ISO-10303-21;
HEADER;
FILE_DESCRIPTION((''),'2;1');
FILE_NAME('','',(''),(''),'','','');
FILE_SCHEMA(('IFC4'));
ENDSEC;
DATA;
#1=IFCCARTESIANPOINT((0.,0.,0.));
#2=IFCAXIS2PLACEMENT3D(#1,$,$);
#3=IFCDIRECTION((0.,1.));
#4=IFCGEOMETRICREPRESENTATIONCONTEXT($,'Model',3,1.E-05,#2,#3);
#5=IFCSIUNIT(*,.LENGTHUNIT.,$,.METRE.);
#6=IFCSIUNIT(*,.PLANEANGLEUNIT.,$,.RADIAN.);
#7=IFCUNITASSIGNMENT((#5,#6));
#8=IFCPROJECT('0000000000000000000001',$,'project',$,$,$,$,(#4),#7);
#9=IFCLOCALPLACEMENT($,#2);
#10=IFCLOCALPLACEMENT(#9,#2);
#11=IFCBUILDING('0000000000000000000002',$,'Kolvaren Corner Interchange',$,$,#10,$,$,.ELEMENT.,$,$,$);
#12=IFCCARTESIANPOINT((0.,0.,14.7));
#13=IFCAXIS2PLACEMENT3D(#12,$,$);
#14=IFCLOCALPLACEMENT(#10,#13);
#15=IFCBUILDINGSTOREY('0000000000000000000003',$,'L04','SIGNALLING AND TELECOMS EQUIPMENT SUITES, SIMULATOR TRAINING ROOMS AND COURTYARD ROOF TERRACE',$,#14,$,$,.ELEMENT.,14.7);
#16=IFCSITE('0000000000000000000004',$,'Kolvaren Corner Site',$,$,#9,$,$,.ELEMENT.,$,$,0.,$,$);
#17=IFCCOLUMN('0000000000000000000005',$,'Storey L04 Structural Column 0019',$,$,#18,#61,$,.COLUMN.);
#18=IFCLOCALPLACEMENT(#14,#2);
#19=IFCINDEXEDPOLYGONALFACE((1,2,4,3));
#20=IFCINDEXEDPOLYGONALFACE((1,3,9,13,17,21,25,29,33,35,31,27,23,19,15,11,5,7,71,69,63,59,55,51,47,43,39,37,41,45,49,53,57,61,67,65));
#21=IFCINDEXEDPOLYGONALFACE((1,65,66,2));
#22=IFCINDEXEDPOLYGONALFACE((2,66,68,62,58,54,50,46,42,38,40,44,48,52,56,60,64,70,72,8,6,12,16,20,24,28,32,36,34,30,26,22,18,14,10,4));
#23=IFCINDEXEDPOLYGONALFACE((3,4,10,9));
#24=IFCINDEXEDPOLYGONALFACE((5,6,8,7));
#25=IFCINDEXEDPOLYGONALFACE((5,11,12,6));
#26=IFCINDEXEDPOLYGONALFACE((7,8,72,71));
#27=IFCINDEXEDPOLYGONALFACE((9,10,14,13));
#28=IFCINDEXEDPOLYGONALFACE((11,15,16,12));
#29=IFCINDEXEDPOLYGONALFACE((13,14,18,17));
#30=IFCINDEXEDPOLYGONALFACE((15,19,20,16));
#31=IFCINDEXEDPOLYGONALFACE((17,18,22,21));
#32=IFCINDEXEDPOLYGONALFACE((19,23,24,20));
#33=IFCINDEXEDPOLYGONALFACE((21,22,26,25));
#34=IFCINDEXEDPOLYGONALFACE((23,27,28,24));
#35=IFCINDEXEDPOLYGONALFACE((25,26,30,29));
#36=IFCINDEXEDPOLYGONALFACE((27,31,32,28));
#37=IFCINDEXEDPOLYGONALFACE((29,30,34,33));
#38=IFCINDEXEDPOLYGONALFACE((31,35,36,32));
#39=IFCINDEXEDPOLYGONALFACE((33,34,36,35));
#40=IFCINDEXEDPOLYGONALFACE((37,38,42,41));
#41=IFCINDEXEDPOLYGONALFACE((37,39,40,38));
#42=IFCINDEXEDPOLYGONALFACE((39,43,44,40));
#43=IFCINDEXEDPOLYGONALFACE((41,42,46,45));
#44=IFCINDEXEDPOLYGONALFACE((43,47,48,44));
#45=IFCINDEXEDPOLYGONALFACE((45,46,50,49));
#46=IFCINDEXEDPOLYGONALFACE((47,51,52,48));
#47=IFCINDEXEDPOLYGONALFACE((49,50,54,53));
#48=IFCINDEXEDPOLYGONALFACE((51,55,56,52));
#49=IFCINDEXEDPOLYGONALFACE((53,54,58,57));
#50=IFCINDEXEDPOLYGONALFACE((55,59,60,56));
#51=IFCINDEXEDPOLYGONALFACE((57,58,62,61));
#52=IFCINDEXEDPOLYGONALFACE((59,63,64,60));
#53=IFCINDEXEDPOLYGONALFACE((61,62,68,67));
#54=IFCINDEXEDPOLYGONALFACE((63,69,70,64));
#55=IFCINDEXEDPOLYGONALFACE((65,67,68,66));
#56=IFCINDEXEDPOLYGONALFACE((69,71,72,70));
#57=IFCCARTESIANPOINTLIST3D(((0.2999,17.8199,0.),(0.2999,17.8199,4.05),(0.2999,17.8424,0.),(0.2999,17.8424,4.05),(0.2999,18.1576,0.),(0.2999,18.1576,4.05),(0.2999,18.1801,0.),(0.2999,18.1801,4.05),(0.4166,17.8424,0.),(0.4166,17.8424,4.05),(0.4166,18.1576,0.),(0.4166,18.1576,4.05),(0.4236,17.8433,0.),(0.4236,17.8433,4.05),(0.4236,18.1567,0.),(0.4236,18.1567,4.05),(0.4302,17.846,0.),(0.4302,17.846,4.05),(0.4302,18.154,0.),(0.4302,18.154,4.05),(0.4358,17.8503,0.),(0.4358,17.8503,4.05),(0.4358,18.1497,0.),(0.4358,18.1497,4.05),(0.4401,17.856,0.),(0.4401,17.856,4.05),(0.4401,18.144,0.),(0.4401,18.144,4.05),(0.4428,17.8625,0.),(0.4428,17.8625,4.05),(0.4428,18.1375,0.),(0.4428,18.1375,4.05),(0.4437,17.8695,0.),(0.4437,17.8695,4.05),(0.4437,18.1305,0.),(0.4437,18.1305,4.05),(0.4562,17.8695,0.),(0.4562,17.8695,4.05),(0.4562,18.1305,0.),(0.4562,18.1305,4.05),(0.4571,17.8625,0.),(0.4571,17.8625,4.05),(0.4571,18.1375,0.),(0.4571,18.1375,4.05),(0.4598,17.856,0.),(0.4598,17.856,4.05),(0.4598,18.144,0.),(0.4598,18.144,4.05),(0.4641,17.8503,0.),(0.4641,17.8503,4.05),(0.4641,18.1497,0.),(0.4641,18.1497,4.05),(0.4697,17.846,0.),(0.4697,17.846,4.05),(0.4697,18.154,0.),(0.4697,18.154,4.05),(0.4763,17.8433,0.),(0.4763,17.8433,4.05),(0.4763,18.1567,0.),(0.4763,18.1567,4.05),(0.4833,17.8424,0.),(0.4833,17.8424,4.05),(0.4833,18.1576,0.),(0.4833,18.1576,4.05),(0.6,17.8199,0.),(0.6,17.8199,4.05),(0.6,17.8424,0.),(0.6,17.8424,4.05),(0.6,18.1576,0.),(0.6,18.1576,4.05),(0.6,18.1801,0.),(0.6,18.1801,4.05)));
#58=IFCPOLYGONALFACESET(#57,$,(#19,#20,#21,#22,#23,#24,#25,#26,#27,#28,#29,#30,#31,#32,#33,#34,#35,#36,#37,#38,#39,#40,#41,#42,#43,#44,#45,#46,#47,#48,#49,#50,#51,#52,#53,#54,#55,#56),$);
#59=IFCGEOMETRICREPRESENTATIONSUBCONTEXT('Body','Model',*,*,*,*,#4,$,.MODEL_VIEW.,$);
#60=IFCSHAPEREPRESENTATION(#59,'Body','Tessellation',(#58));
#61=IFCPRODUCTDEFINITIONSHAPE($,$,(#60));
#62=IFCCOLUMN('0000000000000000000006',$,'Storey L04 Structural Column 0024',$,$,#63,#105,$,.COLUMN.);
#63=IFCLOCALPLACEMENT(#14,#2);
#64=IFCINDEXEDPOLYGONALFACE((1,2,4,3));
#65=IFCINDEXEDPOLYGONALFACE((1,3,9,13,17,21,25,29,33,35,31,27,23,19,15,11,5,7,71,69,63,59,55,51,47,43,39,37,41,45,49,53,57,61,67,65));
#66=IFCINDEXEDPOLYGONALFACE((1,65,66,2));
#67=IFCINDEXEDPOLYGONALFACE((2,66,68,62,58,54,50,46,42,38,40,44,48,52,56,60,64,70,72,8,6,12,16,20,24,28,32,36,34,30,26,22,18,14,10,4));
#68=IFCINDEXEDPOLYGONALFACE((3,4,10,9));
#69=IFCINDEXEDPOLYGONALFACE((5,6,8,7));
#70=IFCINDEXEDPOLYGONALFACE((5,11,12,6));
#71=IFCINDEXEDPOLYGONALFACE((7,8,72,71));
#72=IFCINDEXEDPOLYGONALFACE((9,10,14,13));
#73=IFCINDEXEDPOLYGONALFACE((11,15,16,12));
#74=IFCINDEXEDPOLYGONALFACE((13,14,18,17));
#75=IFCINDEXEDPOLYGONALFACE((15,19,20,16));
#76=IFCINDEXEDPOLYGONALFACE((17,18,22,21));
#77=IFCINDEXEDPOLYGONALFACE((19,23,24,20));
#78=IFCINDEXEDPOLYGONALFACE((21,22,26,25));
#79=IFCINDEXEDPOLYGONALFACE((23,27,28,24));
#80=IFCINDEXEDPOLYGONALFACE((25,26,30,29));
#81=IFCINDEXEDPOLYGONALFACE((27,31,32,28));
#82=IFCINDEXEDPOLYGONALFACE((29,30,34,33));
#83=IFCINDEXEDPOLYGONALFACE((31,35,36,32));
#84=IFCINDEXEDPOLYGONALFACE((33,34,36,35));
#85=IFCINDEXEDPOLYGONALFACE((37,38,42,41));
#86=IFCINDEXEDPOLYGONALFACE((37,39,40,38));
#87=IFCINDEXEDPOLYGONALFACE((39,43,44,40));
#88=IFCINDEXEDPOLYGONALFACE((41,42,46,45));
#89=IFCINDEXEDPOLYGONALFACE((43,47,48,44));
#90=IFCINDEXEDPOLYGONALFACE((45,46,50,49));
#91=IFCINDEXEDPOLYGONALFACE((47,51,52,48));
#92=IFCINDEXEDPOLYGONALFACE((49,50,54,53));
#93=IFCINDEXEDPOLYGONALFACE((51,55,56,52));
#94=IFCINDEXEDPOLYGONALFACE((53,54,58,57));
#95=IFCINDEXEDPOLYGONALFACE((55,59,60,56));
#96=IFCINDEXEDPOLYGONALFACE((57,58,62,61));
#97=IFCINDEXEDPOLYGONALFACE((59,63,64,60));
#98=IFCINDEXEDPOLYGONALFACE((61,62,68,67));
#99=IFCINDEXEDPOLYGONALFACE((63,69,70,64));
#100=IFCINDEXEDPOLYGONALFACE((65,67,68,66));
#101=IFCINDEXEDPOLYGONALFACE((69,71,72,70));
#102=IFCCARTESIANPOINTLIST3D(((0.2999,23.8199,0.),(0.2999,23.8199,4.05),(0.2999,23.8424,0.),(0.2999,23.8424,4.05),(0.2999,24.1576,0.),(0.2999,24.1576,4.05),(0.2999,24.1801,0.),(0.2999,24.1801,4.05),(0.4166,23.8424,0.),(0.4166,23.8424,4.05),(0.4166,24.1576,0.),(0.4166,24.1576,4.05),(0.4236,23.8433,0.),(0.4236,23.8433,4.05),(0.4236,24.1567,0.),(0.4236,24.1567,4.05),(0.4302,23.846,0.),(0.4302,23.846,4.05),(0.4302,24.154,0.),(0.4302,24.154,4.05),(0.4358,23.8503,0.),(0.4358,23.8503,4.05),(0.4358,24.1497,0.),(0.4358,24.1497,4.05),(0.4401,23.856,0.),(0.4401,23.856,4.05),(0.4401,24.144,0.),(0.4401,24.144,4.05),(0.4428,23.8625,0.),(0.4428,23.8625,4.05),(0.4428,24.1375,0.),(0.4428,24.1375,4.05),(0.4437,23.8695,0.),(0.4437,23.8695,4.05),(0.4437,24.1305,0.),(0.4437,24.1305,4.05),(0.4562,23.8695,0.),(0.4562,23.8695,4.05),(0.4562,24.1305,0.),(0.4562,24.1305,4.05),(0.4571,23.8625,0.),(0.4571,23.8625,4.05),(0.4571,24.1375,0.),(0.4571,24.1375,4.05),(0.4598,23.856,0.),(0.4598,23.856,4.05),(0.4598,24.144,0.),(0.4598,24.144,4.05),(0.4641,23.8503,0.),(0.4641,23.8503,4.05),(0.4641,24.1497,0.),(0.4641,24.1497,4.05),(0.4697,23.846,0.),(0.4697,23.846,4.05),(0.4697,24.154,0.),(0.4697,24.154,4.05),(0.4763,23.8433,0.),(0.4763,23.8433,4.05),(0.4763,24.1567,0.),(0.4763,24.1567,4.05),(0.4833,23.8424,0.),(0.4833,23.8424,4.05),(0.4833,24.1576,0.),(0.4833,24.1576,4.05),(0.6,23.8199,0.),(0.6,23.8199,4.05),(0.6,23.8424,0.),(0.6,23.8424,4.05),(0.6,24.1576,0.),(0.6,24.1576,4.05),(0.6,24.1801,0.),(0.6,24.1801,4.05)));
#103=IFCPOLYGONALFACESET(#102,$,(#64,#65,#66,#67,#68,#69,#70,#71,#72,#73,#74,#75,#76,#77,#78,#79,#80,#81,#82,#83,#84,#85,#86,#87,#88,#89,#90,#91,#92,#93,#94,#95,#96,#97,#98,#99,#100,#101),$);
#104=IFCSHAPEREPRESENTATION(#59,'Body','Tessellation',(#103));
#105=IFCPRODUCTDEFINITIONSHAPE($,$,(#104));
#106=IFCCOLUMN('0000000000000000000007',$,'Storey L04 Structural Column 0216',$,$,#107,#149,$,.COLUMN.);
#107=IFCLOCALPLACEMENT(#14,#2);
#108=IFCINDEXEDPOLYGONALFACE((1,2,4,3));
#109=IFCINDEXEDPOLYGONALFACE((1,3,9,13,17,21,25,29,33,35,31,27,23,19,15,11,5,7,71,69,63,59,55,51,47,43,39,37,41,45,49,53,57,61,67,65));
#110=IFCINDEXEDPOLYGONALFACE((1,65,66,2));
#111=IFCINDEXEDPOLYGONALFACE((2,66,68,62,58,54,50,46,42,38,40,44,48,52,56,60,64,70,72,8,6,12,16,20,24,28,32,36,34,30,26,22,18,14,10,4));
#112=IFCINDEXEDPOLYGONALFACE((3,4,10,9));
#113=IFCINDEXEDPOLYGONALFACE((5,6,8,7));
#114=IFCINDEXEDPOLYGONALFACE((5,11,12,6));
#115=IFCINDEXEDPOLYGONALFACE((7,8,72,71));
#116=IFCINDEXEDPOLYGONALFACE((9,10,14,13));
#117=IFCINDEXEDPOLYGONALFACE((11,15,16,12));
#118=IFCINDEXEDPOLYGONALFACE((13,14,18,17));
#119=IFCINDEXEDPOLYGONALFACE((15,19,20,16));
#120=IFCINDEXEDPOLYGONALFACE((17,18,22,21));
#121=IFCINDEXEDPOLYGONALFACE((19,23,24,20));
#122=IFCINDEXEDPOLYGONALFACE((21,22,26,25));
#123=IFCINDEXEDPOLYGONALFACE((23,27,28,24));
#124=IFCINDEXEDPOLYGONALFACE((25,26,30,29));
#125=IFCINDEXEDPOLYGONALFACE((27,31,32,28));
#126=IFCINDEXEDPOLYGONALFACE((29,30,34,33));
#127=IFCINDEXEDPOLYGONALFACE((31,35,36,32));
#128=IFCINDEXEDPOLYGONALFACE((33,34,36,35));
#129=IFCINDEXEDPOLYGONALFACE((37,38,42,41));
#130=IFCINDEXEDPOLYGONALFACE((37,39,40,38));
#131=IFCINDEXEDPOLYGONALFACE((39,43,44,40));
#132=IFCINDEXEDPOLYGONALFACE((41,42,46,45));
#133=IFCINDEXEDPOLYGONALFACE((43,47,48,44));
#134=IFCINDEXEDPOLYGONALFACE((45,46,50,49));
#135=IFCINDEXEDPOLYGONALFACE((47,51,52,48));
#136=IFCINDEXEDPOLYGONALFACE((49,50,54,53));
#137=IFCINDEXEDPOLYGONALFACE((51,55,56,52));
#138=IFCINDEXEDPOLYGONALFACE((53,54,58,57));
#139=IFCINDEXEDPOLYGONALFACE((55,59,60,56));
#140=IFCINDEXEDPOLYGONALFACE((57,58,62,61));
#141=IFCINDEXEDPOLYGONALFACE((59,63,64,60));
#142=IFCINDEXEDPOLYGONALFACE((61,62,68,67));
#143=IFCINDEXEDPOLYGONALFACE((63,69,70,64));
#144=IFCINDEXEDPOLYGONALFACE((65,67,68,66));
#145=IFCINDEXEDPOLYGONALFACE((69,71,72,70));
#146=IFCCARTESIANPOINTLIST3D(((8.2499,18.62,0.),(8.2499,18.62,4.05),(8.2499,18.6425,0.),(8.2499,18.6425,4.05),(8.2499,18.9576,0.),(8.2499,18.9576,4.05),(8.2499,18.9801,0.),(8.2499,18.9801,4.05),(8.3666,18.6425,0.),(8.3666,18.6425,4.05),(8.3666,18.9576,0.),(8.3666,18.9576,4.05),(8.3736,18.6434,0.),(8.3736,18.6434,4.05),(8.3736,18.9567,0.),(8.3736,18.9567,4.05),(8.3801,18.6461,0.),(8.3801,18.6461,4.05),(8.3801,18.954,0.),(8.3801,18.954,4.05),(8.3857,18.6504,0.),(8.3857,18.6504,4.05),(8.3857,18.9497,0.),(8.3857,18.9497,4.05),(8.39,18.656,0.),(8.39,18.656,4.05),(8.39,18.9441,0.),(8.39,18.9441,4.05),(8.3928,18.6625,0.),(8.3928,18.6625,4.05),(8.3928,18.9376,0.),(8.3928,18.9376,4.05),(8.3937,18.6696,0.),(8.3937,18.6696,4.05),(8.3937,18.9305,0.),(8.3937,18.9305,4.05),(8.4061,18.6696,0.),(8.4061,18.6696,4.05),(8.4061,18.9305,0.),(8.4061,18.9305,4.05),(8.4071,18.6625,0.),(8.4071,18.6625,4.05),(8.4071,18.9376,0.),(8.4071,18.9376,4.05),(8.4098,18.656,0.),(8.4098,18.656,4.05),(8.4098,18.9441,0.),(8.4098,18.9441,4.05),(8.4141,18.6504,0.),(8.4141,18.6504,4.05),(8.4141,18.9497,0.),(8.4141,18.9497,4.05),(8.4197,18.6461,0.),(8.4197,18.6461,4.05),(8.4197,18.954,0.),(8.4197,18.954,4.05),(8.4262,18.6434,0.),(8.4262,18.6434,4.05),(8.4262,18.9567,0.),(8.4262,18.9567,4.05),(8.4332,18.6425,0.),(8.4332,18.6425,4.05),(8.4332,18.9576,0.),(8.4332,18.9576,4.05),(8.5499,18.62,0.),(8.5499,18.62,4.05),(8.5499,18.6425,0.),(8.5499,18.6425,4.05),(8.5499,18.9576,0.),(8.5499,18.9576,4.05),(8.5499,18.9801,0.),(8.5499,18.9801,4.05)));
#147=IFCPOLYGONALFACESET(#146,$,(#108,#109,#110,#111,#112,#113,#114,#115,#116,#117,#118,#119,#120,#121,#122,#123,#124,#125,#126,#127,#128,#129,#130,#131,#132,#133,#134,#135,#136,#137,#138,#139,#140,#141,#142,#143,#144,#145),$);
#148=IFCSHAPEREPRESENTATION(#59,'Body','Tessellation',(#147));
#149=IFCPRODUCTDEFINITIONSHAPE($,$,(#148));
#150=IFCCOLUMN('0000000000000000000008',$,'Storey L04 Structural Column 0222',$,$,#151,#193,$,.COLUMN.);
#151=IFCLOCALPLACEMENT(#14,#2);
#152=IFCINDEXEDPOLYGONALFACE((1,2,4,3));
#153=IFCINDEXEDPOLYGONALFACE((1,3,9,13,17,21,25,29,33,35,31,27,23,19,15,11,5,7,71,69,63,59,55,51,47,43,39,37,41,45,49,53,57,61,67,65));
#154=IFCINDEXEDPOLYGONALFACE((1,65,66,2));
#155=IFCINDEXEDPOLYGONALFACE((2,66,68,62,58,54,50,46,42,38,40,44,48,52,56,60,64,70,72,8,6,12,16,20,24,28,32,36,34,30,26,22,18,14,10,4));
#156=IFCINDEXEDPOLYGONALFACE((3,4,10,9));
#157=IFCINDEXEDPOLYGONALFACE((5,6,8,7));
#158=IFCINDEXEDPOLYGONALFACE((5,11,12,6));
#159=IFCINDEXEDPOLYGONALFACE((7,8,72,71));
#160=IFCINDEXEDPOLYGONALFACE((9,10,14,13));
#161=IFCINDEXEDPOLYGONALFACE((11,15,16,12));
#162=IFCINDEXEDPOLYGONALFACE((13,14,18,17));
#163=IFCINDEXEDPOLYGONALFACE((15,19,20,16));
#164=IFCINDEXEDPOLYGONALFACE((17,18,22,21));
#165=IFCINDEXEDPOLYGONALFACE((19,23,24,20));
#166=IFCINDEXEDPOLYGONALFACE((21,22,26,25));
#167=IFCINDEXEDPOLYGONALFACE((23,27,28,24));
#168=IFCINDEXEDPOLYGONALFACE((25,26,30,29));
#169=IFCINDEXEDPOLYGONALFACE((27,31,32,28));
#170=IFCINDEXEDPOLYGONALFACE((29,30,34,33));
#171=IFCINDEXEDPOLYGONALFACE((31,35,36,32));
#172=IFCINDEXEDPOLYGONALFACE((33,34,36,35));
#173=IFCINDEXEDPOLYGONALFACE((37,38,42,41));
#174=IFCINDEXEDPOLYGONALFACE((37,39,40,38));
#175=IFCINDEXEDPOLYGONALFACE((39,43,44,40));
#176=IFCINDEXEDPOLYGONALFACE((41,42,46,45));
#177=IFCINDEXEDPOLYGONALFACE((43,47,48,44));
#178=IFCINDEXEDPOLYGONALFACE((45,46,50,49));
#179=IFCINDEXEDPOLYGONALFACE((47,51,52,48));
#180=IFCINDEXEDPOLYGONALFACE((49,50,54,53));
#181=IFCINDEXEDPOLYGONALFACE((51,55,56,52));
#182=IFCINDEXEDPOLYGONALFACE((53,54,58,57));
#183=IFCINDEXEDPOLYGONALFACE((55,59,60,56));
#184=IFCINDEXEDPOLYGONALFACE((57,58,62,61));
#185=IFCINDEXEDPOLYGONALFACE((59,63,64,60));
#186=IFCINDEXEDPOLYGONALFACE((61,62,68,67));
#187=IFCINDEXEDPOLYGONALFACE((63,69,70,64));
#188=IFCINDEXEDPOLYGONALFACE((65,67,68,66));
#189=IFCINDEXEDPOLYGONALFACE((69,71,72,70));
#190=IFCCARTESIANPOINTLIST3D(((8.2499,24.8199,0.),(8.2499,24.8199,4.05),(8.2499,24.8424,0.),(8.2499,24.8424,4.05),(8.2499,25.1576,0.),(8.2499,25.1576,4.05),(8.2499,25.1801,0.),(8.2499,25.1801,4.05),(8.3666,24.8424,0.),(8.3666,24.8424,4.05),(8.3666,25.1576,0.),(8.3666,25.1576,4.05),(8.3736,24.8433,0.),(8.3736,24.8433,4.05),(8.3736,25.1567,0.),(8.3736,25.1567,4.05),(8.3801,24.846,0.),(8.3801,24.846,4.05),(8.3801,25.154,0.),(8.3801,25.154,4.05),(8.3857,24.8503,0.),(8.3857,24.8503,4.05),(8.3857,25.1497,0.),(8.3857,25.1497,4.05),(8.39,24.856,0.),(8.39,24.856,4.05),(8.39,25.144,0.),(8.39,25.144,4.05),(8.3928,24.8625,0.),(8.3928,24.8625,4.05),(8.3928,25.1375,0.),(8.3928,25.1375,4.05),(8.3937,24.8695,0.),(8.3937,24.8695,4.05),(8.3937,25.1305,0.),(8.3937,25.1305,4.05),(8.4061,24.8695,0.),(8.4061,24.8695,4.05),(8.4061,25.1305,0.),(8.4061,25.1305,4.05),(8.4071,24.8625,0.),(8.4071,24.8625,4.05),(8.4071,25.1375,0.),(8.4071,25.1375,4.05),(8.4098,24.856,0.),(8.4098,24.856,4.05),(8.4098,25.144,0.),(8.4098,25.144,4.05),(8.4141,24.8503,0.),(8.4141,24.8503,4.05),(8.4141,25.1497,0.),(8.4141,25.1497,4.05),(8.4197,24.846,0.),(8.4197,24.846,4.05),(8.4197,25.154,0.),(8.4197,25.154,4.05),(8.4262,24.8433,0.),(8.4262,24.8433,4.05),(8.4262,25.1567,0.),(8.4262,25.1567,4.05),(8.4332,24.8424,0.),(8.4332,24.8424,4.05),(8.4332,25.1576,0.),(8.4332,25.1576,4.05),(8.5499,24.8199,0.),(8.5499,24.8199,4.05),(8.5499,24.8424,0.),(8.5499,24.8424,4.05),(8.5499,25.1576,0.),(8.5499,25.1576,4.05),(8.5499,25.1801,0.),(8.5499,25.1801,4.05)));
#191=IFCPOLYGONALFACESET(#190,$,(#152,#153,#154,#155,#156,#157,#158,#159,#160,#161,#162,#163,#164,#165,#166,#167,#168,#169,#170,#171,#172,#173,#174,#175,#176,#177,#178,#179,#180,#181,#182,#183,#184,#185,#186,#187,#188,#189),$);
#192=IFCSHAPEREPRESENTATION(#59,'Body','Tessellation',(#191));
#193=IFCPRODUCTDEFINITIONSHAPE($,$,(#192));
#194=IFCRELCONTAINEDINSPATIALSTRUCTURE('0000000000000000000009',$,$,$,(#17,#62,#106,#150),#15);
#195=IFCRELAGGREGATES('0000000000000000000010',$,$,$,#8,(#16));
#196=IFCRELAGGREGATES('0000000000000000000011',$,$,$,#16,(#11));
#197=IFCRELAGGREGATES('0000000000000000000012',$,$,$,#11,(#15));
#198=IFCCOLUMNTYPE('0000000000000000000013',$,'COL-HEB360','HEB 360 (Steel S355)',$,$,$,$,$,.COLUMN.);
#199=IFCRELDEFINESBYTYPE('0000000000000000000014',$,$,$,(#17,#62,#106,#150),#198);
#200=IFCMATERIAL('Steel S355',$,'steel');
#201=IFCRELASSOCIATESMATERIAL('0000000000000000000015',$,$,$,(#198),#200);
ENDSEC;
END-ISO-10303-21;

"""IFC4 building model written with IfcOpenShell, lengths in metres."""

from ifc_helpers import new_model, si_unit, direction, frame, origin, origin_2d, place, context, subcontext, project, spatial, i_section, extrude, material, material_profile, profile_set, type_object, element, save


model = new_model("IFC4")

# Units and contexts
model_context = context("Model", 3, precision=1e-05, world=origin(), true_north=direction((0.0, 1.0)))
body_context = subcontext(model_context, "Body", "Model", "MODEL_VIEW")
ifc_project = project(units=[si_unit("LENGTHUNIT", "METRE"), si_unit("PLANEANGLEUNIT", "RADIAN")], contexts=[model_context])

# Site, building, storey
site_placement = place(None, origin())
site = spatial("IfcSite", under=ifc_project, at=site_placement, Name="Kolvaren Corner Site", CompositionType="ELEMENT", RefElevation=0.0)
building_placement = place(site_placement, origin())
building = spatial("IfcBuilding", under=site, at=building_placement, Name="Kolvaren Corner Interchange", CompositionType="ELEMENT")
storey_placement = place(building_placement, frame((0.0, 0.0, 14.7)))
storey = spatial("IfcBuildingStorey", under=building, at=storey_placement, Name="L04", Description="SIGNALLING AND TELECOMS EQUIPMENT SUITES, SIMULATOR TRAINING ROOMS AND COURTYARD ROOF TERRACE", CompositionType="ELEMENT", Elevation=14.7)

# Columns
ifc_material_1 = material(Name="Steel S355", Category="steel")
ifc_material_profile_1 = material_profile(ifc_material_1, i_section(OverallWidth=0.3, OverallDepth=0.3601, WebThickness=0.0125, FlangeThickness=0.0225, FilletRadius=0.0271, at=origin_2d()), Name="HEB 360")
ifc_profile_set_1 = profile_set([ifc_material_profile_1], Name="Steel S355")
column_type_1 = type_object("IfcColumnType", Name="COL-HEB360", Description="HEB 360 (Steel S355)", PredefinedType="COLUMN", material=ifc_profile_set_1)
for number, where, z_axis, x_axis, name in (
    (1, (0.45, 18.0, 0.0), (0.0, 0.0, 1.0), (1.0, 0.0, 0.0), "Storey L04 Structural Column 0019"),
    (2, (0.45, 24.0, 0.0), (0.0, 0.0, 1.0), (1.0, 0.0, 0.0), "Storey L04 Structural Column 0024"),
    (3, (8.3999, 18.8, 0.0), (0.0, 0.0, 1.0), (1.0, 0.0, 0.0), "Storey L04 Structural Column 0216"),
    (4, (8.3999, 25.0, 0.0), (0.0, 0.0, 1.0), (1.0, 0.0, 0.0), "Storey L04 Structural Column 0222"),
):
    element("IfcColumn", number, at=place(storey_placement, frame(where, z_axis=z_axis, x_axis=x_axis)), inside=storey, type_object=column_type_1, Name=name, PredefinedType="COLUMN", context=body_context, shape_type="SweptSolid", body=[
        extrude(i_section(OverallWidth=0.3, OverallDepth=0.3601, WebThickness=0.0125, FlangeThickness=0.0225, FilletRadius=0.0271, at=origin_2d()), origin(), (0.0, 0.0, 1.0), 4.05),
    ])

save(model, "model.ifc")
